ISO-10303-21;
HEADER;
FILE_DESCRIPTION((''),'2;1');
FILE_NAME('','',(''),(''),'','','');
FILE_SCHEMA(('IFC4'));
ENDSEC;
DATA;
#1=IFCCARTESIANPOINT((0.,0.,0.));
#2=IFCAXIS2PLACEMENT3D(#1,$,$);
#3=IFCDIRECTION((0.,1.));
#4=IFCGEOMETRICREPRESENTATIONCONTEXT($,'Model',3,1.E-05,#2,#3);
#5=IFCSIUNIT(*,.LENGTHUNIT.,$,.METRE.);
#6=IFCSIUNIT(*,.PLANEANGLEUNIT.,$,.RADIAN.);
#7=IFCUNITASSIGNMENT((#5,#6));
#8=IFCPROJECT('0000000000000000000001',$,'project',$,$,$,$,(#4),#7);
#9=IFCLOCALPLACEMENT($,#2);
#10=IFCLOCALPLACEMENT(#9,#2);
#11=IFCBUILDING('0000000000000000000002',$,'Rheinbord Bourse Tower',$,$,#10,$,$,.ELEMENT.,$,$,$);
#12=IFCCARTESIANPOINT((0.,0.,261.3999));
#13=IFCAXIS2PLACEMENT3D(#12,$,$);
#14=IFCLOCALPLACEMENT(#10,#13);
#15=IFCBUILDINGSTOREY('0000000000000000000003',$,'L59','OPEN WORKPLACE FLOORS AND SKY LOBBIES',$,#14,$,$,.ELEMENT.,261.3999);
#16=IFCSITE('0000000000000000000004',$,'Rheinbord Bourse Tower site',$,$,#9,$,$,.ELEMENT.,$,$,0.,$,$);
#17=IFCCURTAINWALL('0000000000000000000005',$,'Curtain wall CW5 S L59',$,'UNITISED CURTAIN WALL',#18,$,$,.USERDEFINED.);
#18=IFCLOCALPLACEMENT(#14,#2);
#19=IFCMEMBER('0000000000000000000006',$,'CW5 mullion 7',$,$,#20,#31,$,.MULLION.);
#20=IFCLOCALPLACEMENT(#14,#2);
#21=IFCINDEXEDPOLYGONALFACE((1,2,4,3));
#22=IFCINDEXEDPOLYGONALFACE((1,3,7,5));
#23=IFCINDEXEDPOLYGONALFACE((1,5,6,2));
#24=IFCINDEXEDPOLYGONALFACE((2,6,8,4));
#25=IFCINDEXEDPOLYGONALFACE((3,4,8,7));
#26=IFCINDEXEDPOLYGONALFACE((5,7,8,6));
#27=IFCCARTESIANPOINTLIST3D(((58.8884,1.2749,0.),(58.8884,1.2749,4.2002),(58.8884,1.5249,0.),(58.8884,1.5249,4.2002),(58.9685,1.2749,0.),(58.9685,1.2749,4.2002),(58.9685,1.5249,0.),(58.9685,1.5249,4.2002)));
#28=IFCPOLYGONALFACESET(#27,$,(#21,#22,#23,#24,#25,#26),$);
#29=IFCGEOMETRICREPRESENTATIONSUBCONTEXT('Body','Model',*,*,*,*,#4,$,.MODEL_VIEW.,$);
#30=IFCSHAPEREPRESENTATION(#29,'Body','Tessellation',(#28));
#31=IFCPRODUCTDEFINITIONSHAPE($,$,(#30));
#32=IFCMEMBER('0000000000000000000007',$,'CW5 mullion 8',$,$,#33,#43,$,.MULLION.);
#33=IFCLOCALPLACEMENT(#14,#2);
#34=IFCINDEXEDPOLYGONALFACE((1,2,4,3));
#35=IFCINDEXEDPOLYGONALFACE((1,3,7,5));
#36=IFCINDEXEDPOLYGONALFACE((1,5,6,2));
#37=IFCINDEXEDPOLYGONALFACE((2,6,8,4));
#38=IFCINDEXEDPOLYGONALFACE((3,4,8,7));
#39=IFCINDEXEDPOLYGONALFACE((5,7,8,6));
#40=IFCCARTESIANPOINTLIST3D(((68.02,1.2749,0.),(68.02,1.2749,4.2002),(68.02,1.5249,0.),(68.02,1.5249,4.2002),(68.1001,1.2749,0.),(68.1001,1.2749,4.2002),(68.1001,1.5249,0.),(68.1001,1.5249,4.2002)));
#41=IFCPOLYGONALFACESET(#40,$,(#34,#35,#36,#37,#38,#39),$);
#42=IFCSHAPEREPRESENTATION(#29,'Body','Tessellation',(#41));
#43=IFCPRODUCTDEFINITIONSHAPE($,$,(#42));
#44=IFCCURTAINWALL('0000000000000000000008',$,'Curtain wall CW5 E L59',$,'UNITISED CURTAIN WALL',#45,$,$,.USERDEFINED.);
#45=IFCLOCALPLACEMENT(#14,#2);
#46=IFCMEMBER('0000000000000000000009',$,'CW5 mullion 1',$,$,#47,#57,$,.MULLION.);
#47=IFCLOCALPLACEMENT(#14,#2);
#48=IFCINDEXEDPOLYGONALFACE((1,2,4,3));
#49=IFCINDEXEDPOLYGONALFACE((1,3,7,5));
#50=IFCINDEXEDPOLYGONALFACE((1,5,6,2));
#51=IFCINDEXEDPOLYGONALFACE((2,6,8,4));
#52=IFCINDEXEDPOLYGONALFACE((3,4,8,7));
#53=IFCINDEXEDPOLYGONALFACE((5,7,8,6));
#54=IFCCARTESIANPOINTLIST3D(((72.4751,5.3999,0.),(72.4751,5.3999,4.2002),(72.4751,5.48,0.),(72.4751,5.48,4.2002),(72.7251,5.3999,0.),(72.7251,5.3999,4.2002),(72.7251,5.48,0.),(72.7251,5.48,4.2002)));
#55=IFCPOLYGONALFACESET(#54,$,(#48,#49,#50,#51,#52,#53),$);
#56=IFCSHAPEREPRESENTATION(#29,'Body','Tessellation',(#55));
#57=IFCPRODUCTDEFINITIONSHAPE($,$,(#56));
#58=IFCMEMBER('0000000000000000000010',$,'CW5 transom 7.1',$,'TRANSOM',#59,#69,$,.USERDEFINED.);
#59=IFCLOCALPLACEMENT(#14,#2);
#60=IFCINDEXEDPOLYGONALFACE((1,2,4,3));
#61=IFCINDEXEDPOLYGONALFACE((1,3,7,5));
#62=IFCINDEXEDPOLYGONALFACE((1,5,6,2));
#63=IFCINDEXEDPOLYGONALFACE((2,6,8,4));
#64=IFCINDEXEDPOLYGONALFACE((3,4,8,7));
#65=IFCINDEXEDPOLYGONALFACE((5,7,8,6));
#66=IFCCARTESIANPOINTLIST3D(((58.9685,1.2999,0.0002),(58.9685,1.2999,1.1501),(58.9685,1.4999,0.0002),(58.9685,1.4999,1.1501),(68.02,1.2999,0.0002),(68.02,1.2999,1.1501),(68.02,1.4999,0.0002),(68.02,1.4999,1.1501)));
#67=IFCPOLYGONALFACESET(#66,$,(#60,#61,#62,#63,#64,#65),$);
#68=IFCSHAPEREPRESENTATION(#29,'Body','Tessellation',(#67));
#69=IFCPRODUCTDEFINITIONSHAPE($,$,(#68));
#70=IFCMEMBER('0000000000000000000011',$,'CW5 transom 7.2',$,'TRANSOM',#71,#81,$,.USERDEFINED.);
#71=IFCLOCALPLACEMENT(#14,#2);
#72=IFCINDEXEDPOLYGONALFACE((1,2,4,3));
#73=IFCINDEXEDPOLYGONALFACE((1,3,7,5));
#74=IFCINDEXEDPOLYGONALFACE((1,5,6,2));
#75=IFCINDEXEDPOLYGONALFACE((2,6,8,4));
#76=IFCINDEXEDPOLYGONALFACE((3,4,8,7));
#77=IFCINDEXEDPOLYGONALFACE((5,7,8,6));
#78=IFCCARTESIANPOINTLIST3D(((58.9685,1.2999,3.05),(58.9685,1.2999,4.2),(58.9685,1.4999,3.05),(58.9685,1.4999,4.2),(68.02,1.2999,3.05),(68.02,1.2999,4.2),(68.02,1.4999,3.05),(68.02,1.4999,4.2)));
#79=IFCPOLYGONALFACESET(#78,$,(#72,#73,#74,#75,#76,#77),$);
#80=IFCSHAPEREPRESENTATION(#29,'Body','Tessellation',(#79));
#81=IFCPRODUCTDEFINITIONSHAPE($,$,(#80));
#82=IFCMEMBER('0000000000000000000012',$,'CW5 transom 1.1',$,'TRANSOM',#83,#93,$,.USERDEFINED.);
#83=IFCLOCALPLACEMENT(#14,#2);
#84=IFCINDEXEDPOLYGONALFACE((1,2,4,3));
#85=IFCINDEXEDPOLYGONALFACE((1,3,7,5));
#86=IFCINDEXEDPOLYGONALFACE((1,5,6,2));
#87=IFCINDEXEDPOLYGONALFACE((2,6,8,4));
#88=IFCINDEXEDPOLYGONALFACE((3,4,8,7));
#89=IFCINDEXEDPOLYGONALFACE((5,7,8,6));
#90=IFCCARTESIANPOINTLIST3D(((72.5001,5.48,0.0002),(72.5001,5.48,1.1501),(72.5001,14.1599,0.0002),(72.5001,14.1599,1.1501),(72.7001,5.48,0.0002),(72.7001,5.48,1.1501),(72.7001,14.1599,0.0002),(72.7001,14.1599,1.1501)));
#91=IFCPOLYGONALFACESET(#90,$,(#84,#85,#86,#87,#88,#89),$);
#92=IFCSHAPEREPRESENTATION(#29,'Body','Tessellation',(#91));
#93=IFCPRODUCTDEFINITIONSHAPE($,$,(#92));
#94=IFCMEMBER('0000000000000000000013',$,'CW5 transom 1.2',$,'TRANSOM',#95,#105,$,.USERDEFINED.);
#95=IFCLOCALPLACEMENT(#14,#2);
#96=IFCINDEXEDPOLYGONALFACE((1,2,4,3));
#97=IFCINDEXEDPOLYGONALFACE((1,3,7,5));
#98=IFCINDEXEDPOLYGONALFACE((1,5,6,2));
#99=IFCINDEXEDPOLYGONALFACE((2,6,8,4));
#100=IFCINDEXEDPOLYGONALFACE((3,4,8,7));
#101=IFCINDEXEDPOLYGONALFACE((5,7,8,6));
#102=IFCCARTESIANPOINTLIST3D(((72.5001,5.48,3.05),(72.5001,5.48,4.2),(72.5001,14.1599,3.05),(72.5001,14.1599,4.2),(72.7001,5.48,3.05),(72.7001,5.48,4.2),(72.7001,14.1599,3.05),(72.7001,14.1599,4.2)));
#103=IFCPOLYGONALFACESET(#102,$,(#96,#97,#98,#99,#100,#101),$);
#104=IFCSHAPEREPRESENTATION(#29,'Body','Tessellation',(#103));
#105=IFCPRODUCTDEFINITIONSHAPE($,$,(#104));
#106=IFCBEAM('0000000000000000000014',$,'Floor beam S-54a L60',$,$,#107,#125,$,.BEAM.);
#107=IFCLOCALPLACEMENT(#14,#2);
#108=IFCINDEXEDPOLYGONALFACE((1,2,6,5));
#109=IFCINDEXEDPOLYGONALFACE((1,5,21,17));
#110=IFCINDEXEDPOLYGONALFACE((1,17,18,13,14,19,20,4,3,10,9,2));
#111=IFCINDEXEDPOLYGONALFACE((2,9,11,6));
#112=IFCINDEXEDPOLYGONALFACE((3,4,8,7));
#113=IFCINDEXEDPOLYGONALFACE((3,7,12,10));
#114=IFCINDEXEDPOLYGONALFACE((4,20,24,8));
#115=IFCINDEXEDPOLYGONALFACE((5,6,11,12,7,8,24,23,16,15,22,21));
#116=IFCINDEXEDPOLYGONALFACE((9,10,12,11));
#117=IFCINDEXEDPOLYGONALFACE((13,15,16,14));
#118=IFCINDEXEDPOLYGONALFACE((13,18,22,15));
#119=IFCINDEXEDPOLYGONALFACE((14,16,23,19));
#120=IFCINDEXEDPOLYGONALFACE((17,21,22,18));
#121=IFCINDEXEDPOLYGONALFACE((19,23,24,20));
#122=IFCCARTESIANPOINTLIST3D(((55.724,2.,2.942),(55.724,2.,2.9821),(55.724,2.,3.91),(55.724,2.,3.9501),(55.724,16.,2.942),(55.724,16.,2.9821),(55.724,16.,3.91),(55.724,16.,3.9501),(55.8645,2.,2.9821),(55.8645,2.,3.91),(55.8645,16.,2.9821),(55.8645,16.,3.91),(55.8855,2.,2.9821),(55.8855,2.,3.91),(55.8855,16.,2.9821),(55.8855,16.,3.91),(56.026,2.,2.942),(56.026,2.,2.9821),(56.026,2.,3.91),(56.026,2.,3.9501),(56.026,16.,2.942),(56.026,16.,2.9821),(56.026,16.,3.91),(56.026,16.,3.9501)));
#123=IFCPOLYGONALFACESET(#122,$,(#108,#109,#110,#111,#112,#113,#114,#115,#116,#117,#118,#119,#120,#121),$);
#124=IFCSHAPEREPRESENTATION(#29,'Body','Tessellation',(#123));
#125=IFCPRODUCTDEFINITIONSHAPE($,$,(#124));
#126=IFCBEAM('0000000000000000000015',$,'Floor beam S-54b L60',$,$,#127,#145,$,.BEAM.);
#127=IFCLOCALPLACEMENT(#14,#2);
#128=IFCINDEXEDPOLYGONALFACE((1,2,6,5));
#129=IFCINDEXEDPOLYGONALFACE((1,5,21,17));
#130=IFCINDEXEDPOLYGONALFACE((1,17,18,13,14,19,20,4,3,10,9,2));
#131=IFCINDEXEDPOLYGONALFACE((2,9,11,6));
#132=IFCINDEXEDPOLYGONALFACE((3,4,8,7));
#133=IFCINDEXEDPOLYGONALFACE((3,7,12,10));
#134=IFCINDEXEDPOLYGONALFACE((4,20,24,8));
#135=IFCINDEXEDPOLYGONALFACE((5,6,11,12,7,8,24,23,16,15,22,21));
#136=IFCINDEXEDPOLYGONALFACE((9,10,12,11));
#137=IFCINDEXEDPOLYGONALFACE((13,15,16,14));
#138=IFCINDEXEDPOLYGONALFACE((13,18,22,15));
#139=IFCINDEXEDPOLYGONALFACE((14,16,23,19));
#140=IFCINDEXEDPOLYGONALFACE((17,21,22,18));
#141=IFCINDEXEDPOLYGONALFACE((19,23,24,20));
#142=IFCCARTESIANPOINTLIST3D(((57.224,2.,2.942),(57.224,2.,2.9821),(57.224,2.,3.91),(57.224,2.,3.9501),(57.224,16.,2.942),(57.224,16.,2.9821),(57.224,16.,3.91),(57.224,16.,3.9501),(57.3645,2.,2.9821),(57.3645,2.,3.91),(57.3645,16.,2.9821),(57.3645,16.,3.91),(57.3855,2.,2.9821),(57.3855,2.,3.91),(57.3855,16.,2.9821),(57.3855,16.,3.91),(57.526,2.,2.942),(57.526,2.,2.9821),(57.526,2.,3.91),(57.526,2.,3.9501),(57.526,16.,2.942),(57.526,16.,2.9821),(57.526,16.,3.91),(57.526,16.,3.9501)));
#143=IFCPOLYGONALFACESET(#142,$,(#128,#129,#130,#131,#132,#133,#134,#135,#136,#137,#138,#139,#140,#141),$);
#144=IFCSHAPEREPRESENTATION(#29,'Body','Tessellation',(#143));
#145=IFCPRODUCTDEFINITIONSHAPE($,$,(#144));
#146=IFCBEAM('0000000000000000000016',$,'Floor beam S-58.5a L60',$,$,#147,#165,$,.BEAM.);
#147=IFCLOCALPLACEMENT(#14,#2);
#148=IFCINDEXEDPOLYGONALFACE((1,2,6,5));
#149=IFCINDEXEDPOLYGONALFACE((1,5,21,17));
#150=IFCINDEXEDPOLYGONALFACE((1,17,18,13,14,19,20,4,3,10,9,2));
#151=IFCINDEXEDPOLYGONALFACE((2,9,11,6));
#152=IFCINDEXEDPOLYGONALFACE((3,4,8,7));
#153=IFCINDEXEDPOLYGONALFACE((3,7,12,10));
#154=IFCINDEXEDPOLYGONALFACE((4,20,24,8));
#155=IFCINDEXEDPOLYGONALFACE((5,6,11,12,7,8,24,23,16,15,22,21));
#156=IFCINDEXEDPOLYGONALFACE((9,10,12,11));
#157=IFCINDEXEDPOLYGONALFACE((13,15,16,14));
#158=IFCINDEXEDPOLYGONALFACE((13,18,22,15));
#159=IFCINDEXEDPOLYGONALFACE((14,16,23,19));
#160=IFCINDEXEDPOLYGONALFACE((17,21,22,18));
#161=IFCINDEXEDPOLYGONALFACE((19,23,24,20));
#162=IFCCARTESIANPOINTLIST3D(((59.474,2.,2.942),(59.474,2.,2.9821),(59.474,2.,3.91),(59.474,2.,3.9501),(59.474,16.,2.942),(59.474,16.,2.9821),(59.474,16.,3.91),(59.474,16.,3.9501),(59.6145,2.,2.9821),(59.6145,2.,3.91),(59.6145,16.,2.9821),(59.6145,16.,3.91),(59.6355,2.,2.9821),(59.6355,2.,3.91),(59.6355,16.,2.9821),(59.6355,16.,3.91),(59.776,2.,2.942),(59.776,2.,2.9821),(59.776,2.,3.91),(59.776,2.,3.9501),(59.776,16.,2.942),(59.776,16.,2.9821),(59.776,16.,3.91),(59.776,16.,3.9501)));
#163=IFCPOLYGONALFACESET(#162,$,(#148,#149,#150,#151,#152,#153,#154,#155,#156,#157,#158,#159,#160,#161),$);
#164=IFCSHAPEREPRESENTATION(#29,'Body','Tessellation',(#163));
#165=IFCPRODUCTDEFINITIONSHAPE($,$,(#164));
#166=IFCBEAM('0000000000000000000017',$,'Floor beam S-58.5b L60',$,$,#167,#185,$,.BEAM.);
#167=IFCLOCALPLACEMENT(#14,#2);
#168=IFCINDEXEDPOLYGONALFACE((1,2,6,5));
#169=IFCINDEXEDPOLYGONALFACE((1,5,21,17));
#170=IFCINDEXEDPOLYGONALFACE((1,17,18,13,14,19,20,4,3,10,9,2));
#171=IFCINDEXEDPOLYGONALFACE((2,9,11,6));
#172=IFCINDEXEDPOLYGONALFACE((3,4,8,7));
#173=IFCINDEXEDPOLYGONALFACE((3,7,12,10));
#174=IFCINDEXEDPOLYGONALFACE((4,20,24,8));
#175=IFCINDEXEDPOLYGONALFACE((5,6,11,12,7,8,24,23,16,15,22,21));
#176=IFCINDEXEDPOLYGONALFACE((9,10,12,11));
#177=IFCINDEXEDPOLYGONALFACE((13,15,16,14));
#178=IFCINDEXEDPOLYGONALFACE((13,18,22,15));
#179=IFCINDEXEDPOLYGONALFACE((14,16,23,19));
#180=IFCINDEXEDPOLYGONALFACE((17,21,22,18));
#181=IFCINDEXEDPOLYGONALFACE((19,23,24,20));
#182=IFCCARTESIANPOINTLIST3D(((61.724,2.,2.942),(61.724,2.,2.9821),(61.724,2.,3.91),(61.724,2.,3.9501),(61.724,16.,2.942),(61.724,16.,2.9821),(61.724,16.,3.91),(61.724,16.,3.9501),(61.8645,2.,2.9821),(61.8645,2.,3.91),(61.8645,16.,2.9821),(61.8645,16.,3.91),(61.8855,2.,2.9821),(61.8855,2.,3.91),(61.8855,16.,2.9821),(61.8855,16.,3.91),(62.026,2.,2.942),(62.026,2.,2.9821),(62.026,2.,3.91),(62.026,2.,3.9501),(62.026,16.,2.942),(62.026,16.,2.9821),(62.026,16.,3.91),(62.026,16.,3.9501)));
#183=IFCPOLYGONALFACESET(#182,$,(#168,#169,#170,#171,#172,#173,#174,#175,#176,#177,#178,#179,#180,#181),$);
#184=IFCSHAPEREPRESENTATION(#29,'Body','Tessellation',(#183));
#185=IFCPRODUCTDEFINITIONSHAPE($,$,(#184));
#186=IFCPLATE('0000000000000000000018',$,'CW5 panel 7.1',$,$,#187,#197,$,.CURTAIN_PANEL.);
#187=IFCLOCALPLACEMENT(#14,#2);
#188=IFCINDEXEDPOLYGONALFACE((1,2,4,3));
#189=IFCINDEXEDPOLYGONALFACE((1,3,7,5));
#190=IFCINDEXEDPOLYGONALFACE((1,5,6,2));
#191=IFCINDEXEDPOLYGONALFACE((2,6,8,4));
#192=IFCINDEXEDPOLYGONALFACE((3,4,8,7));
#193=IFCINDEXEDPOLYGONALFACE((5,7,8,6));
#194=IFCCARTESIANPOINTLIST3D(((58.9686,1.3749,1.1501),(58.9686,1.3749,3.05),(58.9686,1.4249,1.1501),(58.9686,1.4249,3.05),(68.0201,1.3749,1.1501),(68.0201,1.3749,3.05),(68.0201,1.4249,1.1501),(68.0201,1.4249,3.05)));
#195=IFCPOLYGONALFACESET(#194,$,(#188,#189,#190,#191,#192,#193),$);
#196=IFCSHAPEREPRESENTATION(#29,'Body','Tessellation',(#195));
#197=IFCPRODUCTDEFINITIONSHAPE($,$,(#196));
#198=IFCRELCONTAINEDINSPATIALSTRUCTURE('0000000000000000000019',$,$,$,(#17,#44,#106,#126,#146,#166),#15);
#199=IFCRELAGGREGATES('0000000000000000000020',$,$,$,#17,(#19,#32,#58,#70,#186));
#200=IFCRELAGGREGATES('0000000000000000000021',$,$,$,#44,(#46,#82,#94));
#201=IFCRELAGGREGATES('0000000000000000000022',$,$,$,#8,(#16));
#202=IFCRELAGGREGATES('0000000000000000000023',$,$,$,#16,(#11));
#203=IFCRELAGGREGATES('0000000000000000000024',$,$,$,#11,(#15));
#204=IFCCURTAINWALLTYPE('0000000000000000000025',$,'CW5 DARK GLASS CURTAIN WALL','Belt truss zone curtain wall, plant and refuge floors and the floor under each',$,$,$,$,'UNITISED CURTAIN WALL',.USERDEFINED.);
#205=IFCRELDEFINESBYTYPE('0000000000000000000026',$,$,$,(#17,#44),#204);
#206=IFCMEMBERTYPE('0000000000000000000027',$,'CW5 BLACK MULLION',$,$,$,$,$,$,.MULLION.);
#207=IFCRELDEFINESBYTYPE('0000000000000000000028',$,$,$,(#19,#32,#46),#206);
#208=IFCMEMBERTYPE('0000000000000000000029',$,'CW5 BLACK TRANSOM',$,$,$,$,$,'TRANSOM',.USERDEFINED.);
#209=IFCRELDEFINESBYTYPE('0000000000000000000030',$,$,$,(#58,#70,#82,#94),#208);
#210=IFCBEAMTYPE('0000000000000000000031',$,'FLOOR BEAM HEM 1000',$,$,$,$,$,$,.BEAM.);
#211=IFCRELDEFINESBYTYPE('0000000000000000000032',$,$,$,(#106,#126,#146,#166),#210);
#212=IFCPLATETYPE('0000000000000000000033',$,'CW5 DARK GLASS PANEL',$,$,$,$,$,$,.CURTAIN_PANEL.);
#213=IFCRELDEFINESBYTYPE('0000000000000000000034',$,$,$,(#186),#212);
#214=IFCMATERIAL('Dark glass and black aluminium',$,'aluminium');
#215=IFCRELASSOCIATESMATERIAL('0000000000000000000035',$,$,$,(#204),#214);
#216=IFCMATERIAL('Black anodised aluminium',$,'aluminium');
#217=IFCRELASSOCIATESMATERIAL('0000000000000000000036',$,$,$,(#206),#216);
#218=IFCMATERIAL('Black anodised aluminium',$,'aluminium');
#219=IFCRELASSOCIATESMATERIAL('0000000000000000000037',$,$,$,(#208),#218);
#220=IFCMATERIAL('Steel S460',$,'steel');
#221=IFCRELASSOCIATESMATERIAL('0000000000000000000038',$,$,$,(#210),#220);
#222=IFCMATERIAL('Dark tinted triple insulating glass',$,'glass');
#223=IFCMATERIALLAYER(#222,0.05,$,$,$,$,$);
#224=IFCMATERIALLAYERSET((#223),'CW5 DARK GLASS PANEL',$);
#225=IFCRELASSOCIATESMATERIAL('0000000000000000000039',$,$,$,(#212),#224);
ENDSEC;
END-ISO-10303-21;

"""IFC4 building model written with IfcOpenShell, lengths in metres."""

from ifc_helpers import new_model, si_unit, direction, frame, origin, origin_2d, place, context, subcontext, project, spatial, rectangle, i_section, extrude, material, layer, layer_set, material_profile, profile_set, type_object, element, aggregate, save


model = new_model("IFC4")

# Units and contexts
model_context = context("Model", 3, precision=1e-05, world=origin(), true_north=direction((0.0, 1.0)))
body_context = subcontext(model_context, "Body", "Model", "MODEL_VIEW")
ifc_project = project(units=[si_unit("LENGTHUNIT", "METRE"), si_unit("PLANEANGLEUNIT", "RADIAN")], contexts=[model_context])

# Site, building, storey
site_placement = place(None, origin())
site = spatial("IfcSite", under=ifc_project, at=site_placement, Name="Rheinbord Bourse Tower site", CompositionType="ELEMENT", RefElevation=0.0)
building_placement = place(site_placement, origin())
building = spatial("IfcBuilding", under=site, at=building_placement, Name="Rheinbord Bourse Tower", CompositionType="ELEMENT")
storey_placement = place(building_placement, frame((0.0, 0.0, 261.3999)))
storey = spatial("IfcBuildingStorey", under=building, at=storey_placement, Name="L59", Description="OPEN WORKPLACE FLOORS AND SKY LOBBIES", CompositionType="ELEMENT", Elevation=261.3999)

# Curtain wall, members
ifc_material_1 = material(Name="Dark glass and black aluminium", Category="aluminium")
curtain_wall_type = type_object("IfcCurtainWallType", Name="CW5 DARK GLASS CURTAIN WALL", Description="Belt truss zone curtain wall, plant and refuge floors and the floor under each", ElementType="UNITISED CURTAIN WALL", PredefinedType="USERDEFINED", material=ifc_material_1)
curtain_wall_1_placement = place(storey_placement, origin())
curtain_wall_1 = element("IfcCurtainWall", 1, at=curtain_wall_1_placement, inside=storey, type_object=curtain_wall_type, Name="Curtain wall CW5 S L59", ObjectType="UNITISED CURTAIN WALL", PredefinedType="USERDEFINED")
ifc_material_2 = material(Name="Black anodised aluminium", Category="aluminium")
ifc_material_profile_1 = material_profile(ifc_material_2, rectangle(XDim=0.25, YDim=0.0801, at=origin_2d()), Name="CW5 MULLION 80x250")
ifc_profile_set_1 = profile_set([ifc_material_profile_1], Name="Black anodised aluminium")
member_type_1 = type_object("IfcMemberType", Name="CW5 BLACK MULLION", PredefinedType="MULLION", material=ifc_profile_set_1)
member_1_placement = place(storey_placement, frame((58.9285, 1.3999, 0.0), z_axis=(0.0, 0.0, 1.0), x_axis=(0.0, 1.0, 0.0)))
member_1 = element("IfcMember", 2, at=member_1_placement, type_object=member_type_1, Name="CW5 mullion 7", PredefinedType="MULLION", context=body_context, shape_type="SweptSolid", body=[
    extrude(rectangle(XDim=0.25, YDim=0.0801, at=origin_2d()), origin(), (0.0, 0.0, 1.0), 4.2002),
])
member_2_placement = place(storey_placement, frame((68.0601, 1.3999, 0.0), z_axis=(0.0, 0.0, 1.0), x_axis=(0.0, 1.0, 0.0)))
member_2 = element("IfcMember", 3, at=member_2_placement, type_object=member_type_1, Name="CW5 mullion 8", PredefinedType="MULLION", context=body_context, shape_type="SweptSolid", body=[
    extrude(rectangle(XDim=0.25, YDim=0.0801, at=origin_2d()), origin(), (0.0, 0.0, 1.0), 4.2002),
])

# Curtain wall, member
curtain_wall_2_placement = place(storey_placement, origin())
curtain_wall_2 = element("IfcCurtainWall", 4, at=curtain_wall_2_placement, inside=storey, type_object=curtain_wall_type, Name="Curtain wall CW5 E L59", ObjectType="UNITISED CURTAIN WALL", PredefinedType="USERDEFINED")
member_3_placement = place(storey_placement, frame((72.6001, 5.4399, 0.0), z_axis=(0.0, 0.0, 1.0), x_axis=(-1.0, 0.0, 0.0)))
member_3 = element("IfcMember", 5, at=member_3_placement, type_object=member_type_1, Name="CW5 mullion 1", PredefinedType="MULLION", context=body_context, shape_type="SweptSolid", body=[
    extrude(rectangle(XDim=0.25, YDim=0.0801, at=origin_2d()), origin(), (0.0, 0.0, 1.0), 4.2002),
])

# Members
ifc_material_3 = material(Name="Black anodised aluminium", Category="aluminium")
ifc_material_profile_2 = material_profile(ifc_material_3, rectangle(XDim=0.2, YDim=1.1499, at=origin_2d()), Name="CW5 TRANSOM 1150x200")
ifc_profile_set_2 = profile_set([ifc_material_profile_2], Name="Black anodised aluminium")
member_type_2 = type_object("IfcMemberType", Name="CW5 BLACK TRANSOM", ElementType="TRANSOM", PredefinedType="USERDEFINED", material=ifc_profile_set_2)
member_4_placement = place(storey_placement, frame((58.9685, 1.3999, 0.5752), z_axis=(1.0, 0.0, 0.0), x_axis=(0.0, 1.0, 0.0)))
member_4 = element("IfcMember", 6, at=member_4_placement, type_object=member_type_2, Name="CW5 transom 7.1", ObjectType="TRANSOM", PredefinedType="USERDEFINED", context=body_context, shape_type="SweptSolid", body=[
    extrude(rectangle(XDim=0.2, YDim=1.1499, at=origin_2d()), origin(), (0.0, 0.0, 1.0), 9.0515),
])
member_5_placement = place(storey_placement, frame((58.9685, 1.3999, 3.625), z_axis=(1.0, 0.0, 0.0), x_axis=(0.0, 1.0, 0.0)))
member_5 = element("IfcMember", 7, at=member_5_placement, type_object=member_type_2, Name="CW5 transom 7.2", ObjectType="TRANSOM", PredefinedType="USERDEFINED", context=body_context, shape_type="SweptSolid", body=[
    extrude(rectangle(XDim=0.2, YDim=1.1499, at=origin_2d()), origin(), (0.0, 0.0, 1.0), 9.0515),
])
member_6_placement = place(storey_placement, frame((72.6001, 5.48, 0.5752), z_axis=(0.0, 1.0, 0.0), x_axis=(-1.0, 0.0, 0.0)))
member_6 = element("IfcMember", 8, at=member_6_placement, type_object=member_type_2, Name="CW5 transom 1.1", ObjectType="TRANSOM", PredefinedType="USERDEFINED", context=body_context, shape_type="SweptSolid", body=[
    extrude(rectangle(XDim=0.2, YDim=1.1499, at=origin_2d()), origin(), (0.0, 0.0, 1.0), 8.6799),
])
member_7_placement = place(storey_placement, frame((72.6001, 5.48, 3.625), z_axis=(0.0, 1.0, 0.0), x_axis=(-1.0, 0.0, 0.0)))
member_7 = element("IfcMember", 9, at=member_7_placement, type_object=member_type_2, Name="CW5 transom 1.2", ObjectType="TRANSOM", PredefinedType="USERDEFINED", context=body_context, shape_type="SweptSolid", body=[
    extrude(rectangle(XDim=0.2, YDim=1.1499, at=origin_2d()), origin(), (0.0, 0.0, 1.0), 8.6799),
])

# Beams
ifc_material_4 = material(Name="Steel S460", Category="steel")
ifc_material_profile_3 = material_profile(ifc_material_4, i_section(OverallWidth=0.302, OverallDepth=1.0081, WebThickness=0.021, FlangeThickness=0.04, at=origin_2d()), Name="HEM 1000")
ifc_profile_set_3 = profile_set([ifc_material_profile_3], Name="Steel S460")
beam_type_1 = type_object("IfcBeamType", Name="FLOOR BEAM HEM 1000", PredefinedType="BEAM", material=ifc_profile_set_3)
for number, where, z_axis, x_axis, name in (
    (10, (55.875, 2.0, 3.446), (0.0, 1.0, 0.0), (-1.0, 0.0, 0.0), "Floor beam S-54a L60"),
    (11, (57.375, 2.0, 3.446), (0.0, 1.0, 0.0), (-1.0, 0.0, 0.0), "Floor beam S-54b L60"),
    (12, (59.625, 2.0, 3.446), (0.0, 1.0, 0.0), (-1.0, 0.0, 0.0), "Floor beam S-58.5a L60"),
    (13, (61.875, 2.0, 3.446), (0.0, 1.0, 0.0), (-1.0, 0.0, 0.0), "Floor beam S-58.5b L60"),
):
    element("IfcBeam", number, at=place(storey_placement, frame(where, z_axis=z_axis, x_axis=x_axis)), inside=storey, type_object=beam_type_1, Name=name, PredefinedType="BEAM", context=body_context, shape_type="SweptSolid", body=[
        extrude(i_section(OverallWidth=0.302, OverallDepth=1.0081, WebThickness=0.021, FlangeThickness=0.04, at=origin_2d()), origin(), (0.0, 0.0, 1.0), 14.0),
    ])

# Plate
ifc_material_5 = material(Name="Dark tinted triple insulating glass", Category="glass")
ifc_layer_1 = layer(ifc_material_5, 0.05)
ifc_layer_set_1 = layer_set([ifc_layer_1], Name="CW5 DARK GLASS PANEL")
plate_type = type_object("IfcPlateType", Name="CW5 DARK GLASS PANEL", PredefinedType="CURTAIN_PANEL", material=ifc_layer_set_1)
plate_1_placement = place(storey_placement, frame((63.4944, 1.3999, 1.1501), z_axis=(0.0, 0.0, 1.0), x_axis=(1.0, 0.0, 0.0)))
plate_1 = element("IfcPlate", 14, at=plate_1_placement, type_object=plate_type, Name="CW5 panel 7.1", PredefinedType="CURTAIN_PANEL", context=body_context, shape_type="SweptSolid", body=[
    extrude(rectangle(XDim=9.0515, YDim=0.05, at=origin_2d()), origin(), (0.0, 0.0, 1.0), 1.8999),
])
aggregate(curtain_wall_1, [member_1, member_2, member_4, member_5, plate_1])
aggregate(curtain_wall_2, [member_3, member_6, member_7])

save(model, "model.ifc")
